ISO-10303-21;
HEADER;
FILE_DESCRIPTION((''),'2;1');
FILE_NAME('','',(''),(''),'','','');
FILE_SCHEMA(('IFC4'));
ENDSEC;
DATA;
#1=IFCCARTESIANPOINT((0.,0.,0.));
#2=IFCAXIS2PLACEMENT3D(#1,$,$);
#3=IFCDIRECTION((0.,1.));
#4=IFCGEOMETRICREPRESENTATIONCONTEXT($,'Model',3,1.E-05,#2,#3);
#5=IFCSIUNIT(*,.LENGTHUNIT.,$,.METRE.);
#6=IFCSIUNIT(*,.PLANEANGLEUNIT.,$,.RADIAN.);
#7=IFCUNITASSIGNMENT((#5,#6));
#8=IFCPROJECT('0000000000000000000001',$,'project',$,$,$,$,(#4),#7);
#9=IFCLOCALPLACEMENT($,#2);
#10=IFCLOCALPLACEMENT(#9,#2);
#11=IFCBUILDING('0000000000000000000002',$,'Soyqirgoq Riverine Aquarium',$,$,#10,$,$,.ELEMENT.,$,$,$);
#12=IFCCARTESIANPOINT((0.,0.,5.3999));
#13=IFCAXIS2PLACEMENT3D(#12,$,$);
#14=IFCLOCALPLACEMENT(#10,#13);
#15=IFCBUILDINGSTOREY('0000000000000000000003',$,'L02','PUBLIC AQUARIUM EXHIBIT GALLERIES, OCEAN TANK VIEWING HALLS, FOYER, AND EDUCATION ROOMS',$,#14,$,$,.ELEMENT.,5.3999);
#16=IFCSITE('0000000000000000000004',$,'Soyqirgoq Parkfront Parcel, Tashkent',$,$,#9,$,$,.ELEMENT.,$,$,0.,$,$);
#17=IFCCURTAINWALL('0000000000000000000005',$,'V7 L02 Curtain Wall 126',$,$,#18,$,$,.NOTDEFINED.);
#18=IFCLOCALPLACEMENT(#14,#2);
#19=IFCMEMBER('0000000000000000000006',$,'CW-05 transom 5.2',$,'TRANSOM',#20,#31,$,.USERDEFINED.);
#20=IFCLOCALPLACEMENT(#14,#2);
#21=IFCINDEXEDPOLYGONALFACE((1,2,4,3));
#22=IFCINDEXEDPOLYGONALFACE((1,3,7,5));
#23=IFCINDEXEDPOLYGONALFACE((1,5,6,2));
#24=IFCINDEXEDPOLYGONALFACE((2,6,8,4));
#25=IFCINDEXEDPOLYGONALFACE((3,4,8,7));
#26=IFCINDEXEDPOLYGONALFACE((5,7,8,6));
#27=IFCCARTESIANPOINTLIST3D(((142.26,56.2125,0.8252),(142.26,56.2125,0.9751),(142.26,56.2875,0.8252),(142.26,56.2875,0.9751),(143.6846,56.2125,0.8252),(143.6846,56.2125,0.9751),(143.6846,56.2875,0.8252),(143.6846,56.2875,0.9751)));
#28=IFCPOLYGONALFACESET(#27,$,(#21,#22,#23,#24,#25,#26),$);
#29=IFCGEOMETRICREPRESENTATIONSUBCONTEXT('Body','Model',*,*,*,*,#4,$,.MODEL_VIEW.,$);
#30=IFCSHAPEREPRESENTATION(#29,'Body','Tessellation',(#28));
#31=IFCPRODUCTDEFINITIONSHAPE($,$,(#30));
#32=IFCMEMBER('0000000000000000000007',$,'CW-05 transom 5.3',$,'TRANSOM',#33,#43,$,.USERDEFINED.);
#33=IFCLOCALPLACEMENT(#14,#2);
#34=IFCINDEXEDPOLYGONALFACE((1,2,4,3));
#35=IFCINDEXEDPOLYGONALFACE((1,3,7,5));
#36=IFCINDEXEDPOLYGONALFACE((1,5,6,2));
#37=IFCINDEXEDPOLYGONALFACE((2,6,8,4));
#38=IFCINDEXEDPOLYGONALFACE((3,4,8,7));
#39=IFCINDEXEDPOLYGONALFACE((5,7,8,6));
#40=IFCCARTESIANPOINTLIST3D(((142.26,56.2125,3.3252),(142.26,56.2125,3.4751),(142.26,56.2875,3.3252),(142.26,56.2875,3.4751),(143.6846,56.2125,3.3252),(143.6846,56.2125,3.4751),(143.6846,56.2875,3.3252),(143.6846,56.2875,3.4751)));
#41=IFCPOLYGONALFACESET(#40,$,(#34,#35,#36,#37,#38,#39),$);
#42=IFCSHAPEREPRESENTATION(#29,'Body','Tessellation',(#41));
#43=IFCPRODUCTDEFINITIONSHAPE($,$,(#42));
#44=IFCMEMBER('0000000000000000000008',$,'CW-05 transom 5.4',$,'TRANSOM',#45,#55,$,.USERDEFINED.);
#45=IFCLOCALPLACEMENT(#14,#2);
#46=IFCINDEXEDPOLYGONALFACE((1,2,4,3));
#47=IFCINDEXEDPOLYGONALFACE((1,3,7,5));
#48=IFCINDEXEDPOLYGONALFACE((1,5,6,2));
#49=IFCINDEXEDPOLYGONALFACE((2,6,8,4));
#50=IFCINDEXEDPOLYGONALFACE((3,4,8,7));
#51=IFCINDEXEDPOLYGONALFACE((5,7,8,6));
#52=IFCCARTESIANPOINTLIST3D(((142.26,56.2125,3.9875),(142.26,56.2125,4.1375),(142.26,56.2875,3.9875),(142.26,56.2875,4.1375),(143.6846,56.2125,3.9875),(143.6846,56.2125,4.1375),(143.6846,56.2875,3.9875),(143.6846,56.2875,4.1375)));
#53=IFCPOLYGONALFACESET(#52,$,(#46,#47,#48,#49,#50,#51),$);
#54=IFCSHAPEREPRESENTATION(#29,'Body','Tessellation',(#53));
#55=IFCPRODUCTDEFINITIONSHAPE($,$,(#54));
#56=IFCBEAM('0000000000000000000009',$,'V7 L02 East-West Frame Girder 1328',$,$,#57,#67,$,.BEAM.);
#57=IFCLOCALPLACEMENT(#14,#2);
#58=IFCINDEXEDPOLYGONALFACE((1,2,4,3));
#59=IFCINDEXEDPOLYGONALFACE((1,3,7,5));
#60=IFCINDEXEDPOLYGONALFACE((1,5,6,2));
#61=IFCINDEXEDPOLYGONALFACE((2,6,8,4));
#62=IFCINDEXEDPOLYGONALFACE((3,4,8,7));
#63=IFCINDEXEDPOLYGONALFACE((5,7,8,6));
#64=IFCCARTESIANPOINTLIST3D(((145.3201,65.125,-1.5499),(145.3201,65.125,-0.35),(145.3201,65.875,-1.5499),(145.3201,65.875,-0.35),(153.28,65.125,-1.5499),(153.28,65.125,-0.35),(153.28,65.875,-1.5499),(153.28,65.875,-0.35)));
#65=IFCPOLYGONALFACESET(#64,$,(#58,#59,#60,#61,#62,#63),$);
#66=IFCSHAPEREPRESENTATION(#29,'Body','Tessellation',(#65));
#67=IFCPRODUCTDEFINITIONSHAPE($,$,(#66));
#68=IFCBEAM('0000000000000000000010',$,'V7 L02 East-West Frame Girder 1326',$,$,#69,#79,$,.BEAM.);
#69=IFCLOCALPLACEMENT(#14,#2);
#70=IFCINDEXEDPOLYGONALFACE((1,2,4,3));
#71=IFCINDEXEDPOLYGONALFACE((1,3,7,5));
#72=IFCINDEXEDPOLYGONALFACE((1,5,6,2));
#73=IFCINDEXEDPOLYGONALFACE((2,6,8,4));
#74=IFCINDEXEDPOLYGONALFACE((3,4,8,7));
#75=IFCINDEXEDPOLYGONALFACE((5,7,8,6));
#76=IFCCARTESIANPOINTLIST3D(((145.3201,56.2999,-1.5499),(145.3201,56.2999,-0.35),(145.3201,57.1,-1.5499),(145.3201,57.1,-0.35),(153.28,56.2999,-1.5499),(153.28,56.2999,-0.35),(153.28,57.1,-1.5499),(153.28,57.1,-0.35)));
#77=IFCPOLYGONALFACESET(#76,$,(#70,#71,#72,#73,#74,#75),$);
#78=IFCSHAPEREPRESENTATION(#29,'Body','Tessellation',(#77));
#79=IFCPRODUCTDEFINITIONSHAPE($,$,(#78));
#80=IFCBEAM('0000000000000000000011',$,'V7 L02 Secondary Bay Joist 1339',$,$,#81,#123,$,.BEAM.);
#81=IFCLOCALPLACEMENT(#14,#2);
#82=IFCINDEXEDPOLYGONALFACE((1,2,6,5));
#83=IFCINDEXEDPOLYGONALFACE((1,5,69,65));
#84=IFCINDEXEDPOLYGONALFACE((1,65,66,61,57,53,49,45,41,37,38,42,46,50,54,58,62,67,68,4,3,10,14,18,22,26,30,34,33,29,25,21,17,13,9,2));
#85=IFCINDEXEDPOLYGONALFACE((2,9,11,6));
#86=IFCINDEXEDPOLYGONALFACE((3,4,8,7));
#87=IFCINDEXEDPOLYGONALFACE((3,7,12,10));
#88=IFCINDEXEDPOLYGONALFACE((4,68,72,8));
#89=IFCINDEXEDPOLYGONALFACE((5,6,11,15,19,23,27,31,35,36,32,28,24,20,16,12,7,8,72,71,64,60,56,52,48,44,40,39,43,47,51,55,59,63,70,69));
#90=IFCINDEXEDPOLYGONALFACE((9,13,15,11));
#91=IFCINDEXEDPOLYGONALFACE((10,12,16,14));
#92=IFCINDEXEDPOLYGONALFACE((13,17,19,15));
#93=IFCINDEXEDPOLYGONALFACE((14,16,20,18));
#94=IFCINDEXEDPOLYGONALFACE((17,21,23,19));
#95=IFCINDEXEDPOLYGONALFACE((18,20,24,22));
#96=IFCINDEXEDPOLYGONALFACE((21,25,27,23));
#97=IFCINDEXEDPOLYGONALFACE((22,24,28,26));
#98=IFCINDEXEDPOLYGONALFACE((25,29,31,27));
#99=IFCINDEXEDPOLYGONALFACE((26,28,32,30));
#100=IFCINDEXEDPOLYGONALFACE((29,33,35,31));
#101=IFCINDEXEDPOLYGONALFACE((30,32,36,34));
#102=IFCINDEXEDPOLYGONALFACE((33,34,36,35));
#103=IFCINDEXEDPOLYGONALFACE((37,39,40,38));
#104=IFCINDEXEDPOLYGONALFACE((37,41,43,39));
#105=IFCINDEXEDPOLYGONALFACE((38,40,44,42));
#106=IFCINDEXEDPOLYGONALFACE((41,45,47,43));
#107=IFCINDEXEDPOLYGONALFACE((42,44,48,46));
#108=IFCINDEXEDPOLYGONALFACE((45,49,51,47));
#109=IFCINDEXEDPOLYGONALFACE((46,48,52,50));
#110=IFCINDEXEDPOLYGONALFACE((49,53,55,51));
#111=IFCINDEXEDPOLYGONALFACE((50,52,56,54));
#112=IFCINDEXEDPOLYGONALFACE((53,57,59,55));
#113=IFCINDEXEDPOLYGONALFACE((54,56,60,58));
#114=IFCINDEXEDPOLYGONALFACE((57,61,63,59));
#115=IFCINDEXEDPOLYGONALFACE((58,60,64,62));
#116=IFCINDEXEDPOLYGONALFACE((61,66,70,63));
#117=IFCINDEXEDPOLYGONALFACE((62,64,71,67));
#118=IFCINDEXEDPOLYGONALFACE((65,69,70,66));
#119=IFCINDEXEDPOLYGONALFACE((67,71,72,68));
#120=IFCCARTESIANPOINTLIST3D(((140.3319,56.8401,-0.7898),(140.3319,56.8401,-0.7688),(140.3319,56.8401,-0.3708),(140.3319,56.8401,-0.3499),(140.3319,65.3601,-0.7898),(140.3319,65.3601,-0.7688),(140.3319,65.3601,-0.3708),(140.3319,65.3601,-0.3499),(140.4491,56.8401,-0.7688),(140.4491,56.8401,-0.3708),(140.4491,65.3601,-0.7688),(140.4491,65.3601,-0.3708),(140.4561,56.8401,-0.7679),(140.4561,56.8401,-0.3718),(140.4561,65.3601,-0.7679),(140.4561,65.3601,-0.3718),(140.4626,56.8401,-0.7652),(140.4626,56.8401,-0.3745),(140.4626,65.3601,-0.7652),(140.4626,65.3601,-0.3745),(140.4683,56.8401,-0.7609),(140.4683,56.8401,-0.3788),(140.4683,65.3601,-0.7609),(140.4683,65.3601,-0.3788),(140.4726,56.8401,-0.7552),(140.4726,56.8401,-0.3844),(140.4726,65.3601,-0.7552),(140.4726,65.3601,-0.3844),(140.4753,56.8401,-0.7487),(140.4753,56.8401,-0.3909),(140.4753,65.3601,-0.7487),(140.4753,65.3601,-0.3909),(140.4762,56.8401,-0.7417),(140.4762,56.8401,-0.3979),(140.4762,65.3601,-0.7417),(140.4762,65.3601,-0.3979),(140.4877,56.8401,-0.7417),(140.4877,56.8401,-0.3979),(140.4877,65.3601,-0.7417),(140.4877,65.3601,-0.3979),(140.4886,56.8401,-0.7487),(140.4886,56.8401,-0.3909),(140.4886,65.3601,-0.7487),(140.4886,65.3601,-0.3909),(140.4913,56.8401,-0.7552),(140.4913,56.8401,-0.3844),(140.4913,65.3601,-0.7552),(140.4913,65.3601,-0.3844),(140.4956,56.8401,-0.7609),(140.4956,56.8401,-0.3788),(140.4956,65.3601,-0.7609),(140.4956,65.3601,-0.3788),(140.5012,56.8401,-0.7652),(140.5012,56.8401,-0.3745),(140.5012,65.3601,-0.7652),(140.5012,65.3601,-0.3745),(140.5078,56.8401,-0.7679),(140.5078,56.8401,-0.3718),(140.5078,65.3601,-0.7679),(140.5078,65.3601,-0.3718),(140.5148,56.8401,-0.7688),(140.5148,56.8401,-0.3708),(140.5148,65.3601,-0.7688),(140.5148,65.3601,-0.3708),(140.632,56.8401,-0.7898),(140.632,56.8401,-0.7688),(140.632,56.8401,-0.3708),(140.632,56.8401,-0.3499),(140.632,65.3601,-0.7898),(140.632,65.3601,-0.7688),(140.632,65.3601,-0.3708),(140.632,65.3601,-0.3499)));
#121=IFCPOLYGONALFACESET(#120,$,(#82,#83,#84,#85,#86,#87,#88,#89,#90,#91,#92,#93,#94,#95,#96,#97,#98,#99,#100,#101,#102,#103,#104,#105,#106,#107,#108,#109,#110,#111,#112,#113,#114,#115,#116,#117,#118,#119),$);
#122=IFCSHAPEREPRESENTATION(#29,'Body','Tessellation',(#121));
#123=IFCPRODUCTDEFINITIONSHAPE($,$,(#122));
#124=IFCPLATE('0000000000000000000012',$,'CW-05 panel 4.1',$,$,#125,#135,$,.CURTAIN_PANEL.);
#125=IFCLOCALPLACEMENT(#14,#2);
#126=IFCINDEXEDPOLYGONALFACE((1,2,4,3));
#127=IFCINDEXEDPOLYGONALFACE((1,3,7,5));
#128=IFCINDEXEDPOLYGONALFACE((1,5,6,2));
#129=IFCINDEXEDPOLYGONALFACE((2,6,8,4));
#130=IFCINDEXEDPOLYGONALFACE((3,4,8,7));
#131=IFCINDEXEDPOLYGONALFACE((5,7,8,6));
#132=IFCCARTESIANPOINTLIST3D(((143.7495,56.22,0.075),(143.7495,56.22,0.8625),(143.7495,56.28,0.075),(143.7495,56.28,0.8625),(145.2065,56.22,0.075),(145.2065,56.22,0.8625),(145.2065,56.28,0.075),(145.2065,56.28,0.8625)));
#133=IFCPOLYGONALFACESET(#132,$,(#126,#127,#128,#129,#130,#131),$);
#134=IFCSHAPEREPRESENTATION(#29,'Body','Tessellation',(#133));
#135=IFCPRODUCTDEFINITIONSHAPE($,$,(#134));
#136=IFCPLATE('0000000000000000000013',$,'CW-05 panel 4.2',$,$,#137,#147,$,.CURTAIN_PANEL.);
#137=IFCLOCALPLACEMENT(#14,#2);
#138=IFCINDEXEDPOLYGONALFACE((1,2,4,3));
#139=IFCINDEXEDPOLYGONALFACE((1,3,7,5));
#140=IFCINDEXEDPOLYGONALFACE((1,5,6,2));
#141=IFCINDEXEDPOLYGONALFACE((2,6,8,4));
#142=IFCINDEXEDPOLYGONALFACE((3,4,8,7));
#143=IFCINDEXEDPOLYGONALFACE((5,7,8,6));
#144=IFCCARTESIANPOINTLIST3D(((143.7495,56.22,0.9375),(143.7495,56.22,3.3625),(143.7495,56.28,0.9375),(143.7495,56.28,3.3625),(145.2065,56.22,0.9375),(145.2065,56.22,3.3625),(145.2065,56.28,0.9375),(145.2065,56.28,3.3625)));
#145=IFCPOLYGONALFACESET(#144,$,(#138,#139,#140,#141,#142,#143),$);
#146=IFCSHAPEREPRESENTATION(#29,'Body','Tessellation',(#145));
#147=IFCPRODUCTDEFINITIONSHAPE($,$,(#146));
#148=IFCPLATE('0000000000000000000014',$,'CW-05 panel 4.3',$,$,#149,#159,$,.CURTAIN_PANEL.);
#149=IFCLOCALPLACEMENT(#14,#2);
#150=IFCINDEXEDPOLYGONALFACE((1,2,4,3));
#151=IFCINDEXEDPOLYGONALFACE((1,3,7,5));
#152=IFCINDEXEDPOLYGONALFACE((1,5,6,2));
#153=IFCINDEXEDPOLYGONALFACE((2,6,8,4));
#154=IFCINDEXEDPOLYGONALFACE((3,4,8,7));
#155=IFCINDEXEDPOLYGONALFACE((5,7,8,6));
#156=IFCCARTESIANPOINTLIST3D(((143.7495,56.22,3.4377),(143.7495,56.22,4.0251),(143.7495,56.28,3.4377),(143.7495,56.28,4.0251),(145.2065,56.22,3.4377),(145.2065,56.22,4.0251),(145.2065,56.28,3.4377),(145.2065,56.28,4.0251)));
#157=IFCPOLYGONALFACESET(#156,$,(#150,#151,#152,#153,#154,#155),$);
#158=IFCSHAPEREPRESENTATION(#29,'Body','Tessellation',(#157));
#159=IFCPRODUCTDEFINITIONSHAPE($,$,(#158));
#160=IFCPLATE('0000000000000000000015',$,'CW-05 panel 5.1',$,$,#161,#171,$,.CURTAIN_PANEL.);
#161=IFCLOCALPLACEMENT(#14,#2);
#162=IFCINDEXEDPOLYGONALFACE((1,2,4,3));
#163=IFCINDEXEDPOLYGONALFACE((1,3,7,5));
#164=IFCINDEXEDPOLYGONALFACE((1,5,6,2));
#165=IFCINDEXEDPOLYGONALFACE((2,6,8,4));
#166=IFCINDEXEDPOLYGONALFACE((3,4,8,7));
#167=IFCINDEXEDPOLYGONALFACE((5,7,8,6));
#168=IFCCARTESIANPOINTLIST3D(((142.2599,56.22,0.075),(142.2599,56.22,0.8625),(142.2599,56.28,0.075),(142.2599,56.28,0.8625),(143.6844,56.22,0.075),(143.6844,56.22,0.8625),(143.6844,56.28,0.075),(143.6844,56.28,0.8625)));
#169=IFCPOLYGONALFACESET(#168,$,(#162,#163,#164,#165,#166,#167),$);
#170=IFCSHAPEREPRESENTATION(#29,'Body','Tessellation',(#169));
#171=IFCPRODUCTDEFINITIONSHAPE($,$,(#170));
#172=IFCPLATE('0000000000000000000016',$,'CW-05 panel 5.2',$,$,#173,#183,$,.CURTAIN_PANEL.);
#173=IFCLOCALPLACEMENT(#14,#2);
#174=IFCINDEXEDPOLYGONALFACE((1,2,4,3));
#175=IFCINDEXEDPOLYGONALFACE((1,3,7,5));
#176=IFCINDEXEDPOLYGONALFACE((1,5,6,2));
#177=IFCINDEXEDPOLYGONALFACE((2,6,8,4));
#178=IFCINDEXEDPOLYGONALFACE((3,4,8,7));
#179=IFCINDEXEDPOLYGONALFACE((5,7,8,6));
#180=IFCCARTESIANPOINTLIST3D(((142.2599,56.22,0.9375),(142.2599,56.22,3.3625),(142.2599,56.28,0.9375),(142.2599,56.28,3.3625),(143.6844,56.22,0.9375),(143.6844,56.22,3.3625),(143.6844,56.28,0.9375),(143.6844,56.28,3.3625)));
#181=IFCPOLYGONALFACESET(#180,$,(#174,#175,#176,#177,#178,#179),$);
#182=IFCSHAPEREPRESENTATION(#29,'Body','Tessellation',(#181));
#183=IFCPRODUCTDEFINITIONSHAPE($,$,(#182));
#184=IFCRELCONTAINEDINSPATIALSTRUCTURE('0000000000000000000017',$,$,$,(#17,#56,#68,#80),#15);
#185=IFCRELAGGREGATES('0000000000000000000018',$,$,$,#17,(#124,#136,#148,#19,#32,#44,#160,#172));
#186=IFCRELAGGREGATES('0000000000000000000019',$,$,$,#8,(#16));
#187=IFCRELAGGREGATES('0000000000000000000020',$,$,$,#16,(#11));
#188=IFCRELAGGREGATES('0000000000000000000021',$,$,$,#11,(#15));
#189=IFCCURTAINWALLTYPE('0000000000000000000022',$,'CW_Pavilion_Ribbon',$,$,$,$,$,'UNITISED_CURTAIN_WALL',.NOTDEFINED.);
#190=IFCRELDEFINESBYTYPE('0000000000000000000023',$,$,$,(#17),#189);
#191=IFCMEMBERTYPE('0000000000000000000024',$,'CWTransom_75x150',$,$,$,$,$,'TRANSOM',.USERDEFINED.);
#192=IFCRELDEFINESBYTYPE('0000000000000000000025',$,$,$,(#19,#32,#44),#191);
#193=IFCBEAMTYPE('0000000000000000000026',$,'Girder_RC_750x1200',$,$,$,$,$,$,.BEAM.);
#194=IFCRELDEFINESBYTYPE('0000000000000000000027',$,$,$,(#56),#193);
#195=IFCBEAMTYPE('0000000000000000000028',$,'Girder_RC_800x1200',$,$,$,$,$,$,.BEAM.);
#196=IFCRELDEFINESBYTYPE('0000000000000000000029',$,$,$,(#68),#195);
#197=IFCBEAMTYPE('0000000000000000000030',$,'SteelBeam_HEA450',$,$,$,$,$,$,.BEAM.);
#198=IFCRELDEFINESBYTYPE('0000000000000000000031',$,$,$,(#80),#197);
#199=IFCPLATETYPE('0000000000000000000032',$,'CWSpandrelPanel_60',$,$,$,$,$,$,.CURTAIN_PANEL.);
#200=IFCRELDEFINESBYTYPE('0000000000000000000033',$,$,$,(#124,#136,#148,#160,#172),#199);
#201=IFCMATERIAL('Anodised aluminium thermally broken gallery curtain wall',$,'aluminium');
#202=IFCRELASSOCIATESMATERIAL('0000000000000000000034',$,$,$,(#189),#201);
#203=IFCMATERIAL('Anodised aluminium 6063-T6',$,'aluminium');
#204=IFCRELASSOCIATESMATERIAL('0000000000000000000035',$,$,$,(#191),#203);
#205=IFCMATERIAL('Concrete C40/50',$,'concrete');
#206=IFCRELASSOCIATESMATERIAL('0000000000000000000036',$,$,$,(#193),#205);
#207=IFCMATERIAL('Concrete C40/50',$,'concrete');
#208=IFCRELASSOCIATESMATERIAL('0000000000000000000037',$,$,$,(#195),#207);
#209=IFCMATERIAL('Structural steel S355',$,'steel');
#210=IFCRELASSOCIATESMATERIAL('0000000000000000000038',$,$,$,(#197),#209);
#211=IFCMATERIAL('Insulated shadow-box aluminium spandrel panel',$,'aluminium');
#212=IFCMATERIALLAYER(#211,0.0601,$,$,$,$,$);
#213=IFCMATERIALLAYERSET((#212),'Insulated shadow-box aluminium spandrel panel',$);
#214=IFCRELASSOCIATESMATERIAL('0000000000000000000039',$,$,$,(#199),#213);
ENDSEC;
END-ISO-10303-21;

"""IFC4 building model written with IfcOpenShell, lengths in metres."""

from ifc_helpers import new_model, si_unit, direction, frame, origin, origin_2d, place, context, subcontext, project, spatial, rectangle, i_section, extrude, material, layer, layer_set, material_profile, profile_set, type_object, element, aggregate, save


model = new_model("IFC4")

# Units and contexts
model_context = context("Model", 3, precision=1e-05, world=origin(), true_north=direction((0.0, 1.0)))
body_context = subcontext(model_context, "Body", "Model", "MODEL_VIEW")
ifc_project = project(units=[si_unit("LENGTHUNIT", "METRE"), si_unit("PLANEANGLEUNIT", "RADIAN")], contexts=[model_context])

# Site, building, storey
site_placement = place(None, origin())
site = spatial("IfcSite", under=ifc_project, at=site_placement, Name="Soyqirgoq Parkfront Parcel, Tashkent", CompositionType="ELEMENT", RefElevation=0.0)
building_placement = place(site_placement, origin())
building = spatial("IfcBuilding", under=site, at=building_placement, Name="Soyqirgoq Riverine Aquarium", CompositionType="ELEMENT")
storey_placement = place(building_placement, frame((0.0, 0.0, 5.3999)))
storey = spatial("IfcBuildingStorey", under=building, at=storey_placement, Name="L02", Description="PUBLIC AQUARIUM EXHIBIT GALLERIES, OCEAN TANK VIEWING HALLS, FOYER, AND EDUCATION ROOMS", CompositionType="ELEMENT", Elevation=5.3999)

# Curtain wall, members
ifc_material_1 = material(Name="Anodised aluminium thermally broken gallery curtain wall", Category="aluminium")
curtain_wall_type = type_object("IfcCurtainWallType", Name="CW_Pavilion_Ribbon", ElementType="UNITISED_CURTAIN_WALL", PredefinedType="NOTDEFINED", material=ifc_material_1)
curtain_wall_placement = place(storey_placement, origin())
curtain_wall = element("IfcCurtainWall", 1, at=curtain_wall_placement, inside=storey, type_object=curtain_wall_type, Name="V7 L02 Curtain Wall 126", PredefinedType="NOTDEFINED")
ifc_material_2 = material(Name="Anodised aluminium 6063-T6", Category="aluminium")
ifc_material_profile_1 = material_profile(ifc_material_2, rectangle(XDim=0.075, YDim=0.1499, at=origin_2d()), Name="ALU-T 75x150")
ifc_profile_set_1 = profile_set([ifc_material_profile_1], Name="Anodised aluminium 6063-T6")
member_type_1 = type_object("IfcMemberType", Name="CWTransom_75x150", ElementType="TRANSOM", PredefinedType="USERDEFINED", material=ifc_profile_set_1)
member_1_placement = place(storey_placement, frame((143.6846, 56.25, 0.9001), z_axis=(-1.0, 0.0, 0.0), x_axis=(0.0, -1.0, 0.0)))
member_1 = element("IfcMember", 2, at=member_1_placement, type_object=member_type_1, Name="CW-05 transom 5.2", ObjectType="TRANSOM", PredefinedType="USERDEFINED", context=body_context, shape_type="SweptSolid", body=[
    extrude(rectangle(XDim=0.075, YDim=0.1499, at=origin_2d()), origin(), (0.0, 0.0, 1.0), 1.4246),
])
member_2_placement = place(storey_placement, frame((143.6846, 56.25, 3.4001), z_axis=(-1.0, 0.0, 0.0), x_axis=(0.0, -1.0, 0.0)))
member_2 = element("IfcMember", 3, at=member_2_placement, type_object=member_type_1, Name="CW-05 transom 5.3", ObjectType="TRANSOM", PredefinedType="USERDEFINED", context=body_context, shape_type="SweptSolid", body=[
    extrude(rectangle(XDim=0.075, YDim=0.1499, at=origin_2d()), origin(), (0.0, 0.0, 1.0), 1.4246),
])
member_3_placement = place(storey_placement, frame((143.6846, 56.25, 4.0625), z_axis=(-1.0, 0.0, 0.0), x_axis=(0.0, -1.0, 0.0)))
member_3 = element("IfcMember", 4, at=member_3_placement, type_object=member_type_1, Name="CW-05 transom 5.4", ObjectType="TRANSOM", PredefinedType="USERDEFINED", context=body_context, shape_type="SweptSolid", body=[
    extrude(rectangle(XDim=0.075, YDim=0.1499, at=origin_2d()), origin(), (0.0, 0.0, 1.0), 1.4246),
])

# Beams
ifc_material_3 = material(Name="Concrete C40/50", Category="concrete")
ifc_material_profile_2 = material_profile(ifc_material_3, rectangle(XDim=0.75, YDim=1.2, at=origin_2d()), Name="RC 750x1200")
ifc_profile_set_2 = profile_set([ifc_material_profile_2], Name="Concrete C40/50")
beam_type_1 = type_object("IfcBeamType", Name="Girder_RC_750x1200", PredefinedType="BEAM", material=ifc_profile_set_2)
beam_1_placement = place(storey_placement, frame((145.3201, 65.5, -0.95), z_axis=(1.0, 0.0, 0.0), x_axis=(0.0, 1.0, 0.0)))
element("IfcBeam", 5, at=beam_1_placement, inside=storey, type_object=beam_type_1, Name="V7 L02 East-West Frame Girder 1328", PredefinedType="BEAM", context=body_context, shape_type="SweptSolid", body=[
    extrude(rectangle(XDim=0.75, YDim=1.2, at=origin_2d()), origin(), (0.0, 0.0, 1.0), 7.96),
])
ifc_material_4 = material(Name="Concrete C40/50", Category="concrete")
ifc_material_profile_3 = material_profile(ifc_material_4, rectangle(XDim=0.8, YDim=1.2, at=origin_2d()), Name="RC 800x1200")
ifc_profile_set_3 = profile_set([ifc_material_profile_3], Name="Concrete C40/50")
beam_type_2 = type_object("IfcBeamType", Name="Girder_RC_800x1200", PredefinedType="BEAM", material=ifc_profile_set_3)
beam_2_placement = place(storey_placement, frame((145.3201, 56.7, -0.95), z_axis=(1.0, 0.0, 0.0), x_axis=(0.0, 1.0, 0.0)))
element("IfcBeam", 6, at=beam_2_placement, inside=storey, type_object=beam_type_2, Name="V7 L02 East-West Frame Girder 1326", PredefinedType="BEAM", context=body_context, shape_type="SweptSolid", body=[
    extrude(rectangle(XDim=0.8, YDim=1.2, at=origin_2d()), origin(), (0.0, 0.0, 1.0), 7.96),
])
ifc_material_5 = material(Name="Structural steel S355", Category="steel")
ifc_material_profile_4 = material_profile(ifc_material_5, i_section(OverallWidth=0.3, OverallDepth=0.4399, WebThickness=0.0115, FlangeThickness=0.021, FilletRadius=0.0271, at=origin_2d()), Name="HEA 450")
ifc_profile_set_4 = profile_set([ifc_material_profile_4], Name="Structural steel S355")
beam_type_3 = type_object("IfcBeamType", Name="SteelBeam_HEA450", PredefinedType="BEAM", material=ifc_profile_set_4)
beam_3_placement = place(storey_placement, frame((140.4819, 56.8401, -0.5698), z_axis=(0.0, 1.0, 0.0), x_axis=(-1.0, 0.0, 0.0)))
element("IfcBeam", 7, at=beam_3_placement, inside=storey, type_object=beam_type_3, Name="V7 L02 Secondary Bay Joist 1339", PredefinedType="BEAM", context=body_context, shape_type="SweptSolid", body=[
    extrude(i_section(OverallWidth=0.3, OverallDepth=0.4399, WebThickness=0.0115, FlangeThickness=0.021, FilletRadius=0.0271, at=origin_2d()), origin(), (0.0, 0.0, 1.0), 8.52),
])

# Plates
ifc_material_6 = material(Name="Insulated shadow-box aluminium spandrel panel", Category="aluminium")
ifc_layer = layer(ifc_material_6, 0.0601)
ifc_layer_set = layer_set([ifc_layer], Name="Insulated shadow-box aluminium spandrel panel")
plate_type = type_object("IfcPlateType", Name="CWSpandrelPanel_60", PredefinedType="CURTAIN_PANEL", material=ifc_layer_set)
plate_1_placement = place(storey_placement, frame((144.478, 56.25, 0.075), z_axis=(0.0, 0.0, 1.0), x_axis=(-1.0, 0.0, 0.0)))
plate_1 = element("IfcPlate", 8, at=plate_1_placement, type_object=plate_type, Name="CW-05 panel 4.1", PredefinedType="CURTAIN_PANEL", context=body_context, shape_type="SweptSolid", body=[
    extrude(rectangle(XDim=1.457, YDim=0.0601, at=origin_2d()), origin(), (0.0, 0.0, 1.0), 0.7876),
])
plate_2_placement = place(storey_placement, frame((144.478, 56.25, 0.9375), z_axis=(0.0, 0.0, 1.0), x_axis=(-1.0, 0.0, 0.0)))
plate_2 = element("IfcPlate", 9, at=plate_2_placement, type_object=plate_type, Name="CW-05 panel 4.2", PredefinedType="CURTAIN_PANEL", context=body_context, shape_type="SweptSolid", body=[
    extrude(rectangle(XDim=1.457, YDim=0.0601, at=origin_2d()), origin(), (0.0, 0.0, 1.0), 2.425),
])
plate_3_placement = place(storey_placement, frame((144.478, 56.25, 3.4377), z_axis=(0.0, 0.0, 1.0), x_axis=(-1.0, 0.0, 0.0)))
plate_3 = element("IfcPlate", 10, at=plate_3_placement, type_object=plate_type, Name="CW-05 panel 4.3", PredefinedType="CURTAIN_PANEL", context=body_context, shape_type="SweptSolid", body=[
    extrude(rectangle(XDim=1.457, YDim=0.0601, at=origin_2d()), origin(), (0.0, 0.0, 1.0), 0.5874),
])
plate_4_placement = place(storey_placement, frame((142.9722, 56.25, 0.075), z_axis=(0.0, 0.0, 1.0), x_axis=(-1.0, 0.0, 0.0)))
plate_4 = element("IfcPlate", 11, at=plate_4_placement, type_object=plate_type, Name="CW-05 panel 5.1", PredefinedType="CURTAIN_PANEL", context=body_context, shape_type="SweptSolid", body=[
    extrude(rectangle(XDim=1.4246, YDim=0.0601, at=origin_2d()), origin(), (0.0, 0.0, 1.0), 0.7876),
])
plate_5_placement = place(storey_placement, frame((142.9722, 56.25, 0.9375), z_axis=(0.0, 0.0, 1.0), x_axis=(-1.0, 0.0, 0.0)))
plate_5 = element("IfcPlate", 12, at=plate_5_placement, type_object=plate_type, Name="CW-05 panel 5.2", PredefinedType="CURTAIN_PANEL", context=body_context, shape_type="SweptSolid", body=[
    extrude(rectangle(XDim=1.4246, YDim=0.0601, at=origin_2d()), origin(), (0.0, 0.0, 1.0), 2.425),
])
aggregate(curtain_wall, [plate_1, plate_2, plate_3, member_1, member_2, member_3, plate_4, plate_5])

save(model, "model.ifc")
